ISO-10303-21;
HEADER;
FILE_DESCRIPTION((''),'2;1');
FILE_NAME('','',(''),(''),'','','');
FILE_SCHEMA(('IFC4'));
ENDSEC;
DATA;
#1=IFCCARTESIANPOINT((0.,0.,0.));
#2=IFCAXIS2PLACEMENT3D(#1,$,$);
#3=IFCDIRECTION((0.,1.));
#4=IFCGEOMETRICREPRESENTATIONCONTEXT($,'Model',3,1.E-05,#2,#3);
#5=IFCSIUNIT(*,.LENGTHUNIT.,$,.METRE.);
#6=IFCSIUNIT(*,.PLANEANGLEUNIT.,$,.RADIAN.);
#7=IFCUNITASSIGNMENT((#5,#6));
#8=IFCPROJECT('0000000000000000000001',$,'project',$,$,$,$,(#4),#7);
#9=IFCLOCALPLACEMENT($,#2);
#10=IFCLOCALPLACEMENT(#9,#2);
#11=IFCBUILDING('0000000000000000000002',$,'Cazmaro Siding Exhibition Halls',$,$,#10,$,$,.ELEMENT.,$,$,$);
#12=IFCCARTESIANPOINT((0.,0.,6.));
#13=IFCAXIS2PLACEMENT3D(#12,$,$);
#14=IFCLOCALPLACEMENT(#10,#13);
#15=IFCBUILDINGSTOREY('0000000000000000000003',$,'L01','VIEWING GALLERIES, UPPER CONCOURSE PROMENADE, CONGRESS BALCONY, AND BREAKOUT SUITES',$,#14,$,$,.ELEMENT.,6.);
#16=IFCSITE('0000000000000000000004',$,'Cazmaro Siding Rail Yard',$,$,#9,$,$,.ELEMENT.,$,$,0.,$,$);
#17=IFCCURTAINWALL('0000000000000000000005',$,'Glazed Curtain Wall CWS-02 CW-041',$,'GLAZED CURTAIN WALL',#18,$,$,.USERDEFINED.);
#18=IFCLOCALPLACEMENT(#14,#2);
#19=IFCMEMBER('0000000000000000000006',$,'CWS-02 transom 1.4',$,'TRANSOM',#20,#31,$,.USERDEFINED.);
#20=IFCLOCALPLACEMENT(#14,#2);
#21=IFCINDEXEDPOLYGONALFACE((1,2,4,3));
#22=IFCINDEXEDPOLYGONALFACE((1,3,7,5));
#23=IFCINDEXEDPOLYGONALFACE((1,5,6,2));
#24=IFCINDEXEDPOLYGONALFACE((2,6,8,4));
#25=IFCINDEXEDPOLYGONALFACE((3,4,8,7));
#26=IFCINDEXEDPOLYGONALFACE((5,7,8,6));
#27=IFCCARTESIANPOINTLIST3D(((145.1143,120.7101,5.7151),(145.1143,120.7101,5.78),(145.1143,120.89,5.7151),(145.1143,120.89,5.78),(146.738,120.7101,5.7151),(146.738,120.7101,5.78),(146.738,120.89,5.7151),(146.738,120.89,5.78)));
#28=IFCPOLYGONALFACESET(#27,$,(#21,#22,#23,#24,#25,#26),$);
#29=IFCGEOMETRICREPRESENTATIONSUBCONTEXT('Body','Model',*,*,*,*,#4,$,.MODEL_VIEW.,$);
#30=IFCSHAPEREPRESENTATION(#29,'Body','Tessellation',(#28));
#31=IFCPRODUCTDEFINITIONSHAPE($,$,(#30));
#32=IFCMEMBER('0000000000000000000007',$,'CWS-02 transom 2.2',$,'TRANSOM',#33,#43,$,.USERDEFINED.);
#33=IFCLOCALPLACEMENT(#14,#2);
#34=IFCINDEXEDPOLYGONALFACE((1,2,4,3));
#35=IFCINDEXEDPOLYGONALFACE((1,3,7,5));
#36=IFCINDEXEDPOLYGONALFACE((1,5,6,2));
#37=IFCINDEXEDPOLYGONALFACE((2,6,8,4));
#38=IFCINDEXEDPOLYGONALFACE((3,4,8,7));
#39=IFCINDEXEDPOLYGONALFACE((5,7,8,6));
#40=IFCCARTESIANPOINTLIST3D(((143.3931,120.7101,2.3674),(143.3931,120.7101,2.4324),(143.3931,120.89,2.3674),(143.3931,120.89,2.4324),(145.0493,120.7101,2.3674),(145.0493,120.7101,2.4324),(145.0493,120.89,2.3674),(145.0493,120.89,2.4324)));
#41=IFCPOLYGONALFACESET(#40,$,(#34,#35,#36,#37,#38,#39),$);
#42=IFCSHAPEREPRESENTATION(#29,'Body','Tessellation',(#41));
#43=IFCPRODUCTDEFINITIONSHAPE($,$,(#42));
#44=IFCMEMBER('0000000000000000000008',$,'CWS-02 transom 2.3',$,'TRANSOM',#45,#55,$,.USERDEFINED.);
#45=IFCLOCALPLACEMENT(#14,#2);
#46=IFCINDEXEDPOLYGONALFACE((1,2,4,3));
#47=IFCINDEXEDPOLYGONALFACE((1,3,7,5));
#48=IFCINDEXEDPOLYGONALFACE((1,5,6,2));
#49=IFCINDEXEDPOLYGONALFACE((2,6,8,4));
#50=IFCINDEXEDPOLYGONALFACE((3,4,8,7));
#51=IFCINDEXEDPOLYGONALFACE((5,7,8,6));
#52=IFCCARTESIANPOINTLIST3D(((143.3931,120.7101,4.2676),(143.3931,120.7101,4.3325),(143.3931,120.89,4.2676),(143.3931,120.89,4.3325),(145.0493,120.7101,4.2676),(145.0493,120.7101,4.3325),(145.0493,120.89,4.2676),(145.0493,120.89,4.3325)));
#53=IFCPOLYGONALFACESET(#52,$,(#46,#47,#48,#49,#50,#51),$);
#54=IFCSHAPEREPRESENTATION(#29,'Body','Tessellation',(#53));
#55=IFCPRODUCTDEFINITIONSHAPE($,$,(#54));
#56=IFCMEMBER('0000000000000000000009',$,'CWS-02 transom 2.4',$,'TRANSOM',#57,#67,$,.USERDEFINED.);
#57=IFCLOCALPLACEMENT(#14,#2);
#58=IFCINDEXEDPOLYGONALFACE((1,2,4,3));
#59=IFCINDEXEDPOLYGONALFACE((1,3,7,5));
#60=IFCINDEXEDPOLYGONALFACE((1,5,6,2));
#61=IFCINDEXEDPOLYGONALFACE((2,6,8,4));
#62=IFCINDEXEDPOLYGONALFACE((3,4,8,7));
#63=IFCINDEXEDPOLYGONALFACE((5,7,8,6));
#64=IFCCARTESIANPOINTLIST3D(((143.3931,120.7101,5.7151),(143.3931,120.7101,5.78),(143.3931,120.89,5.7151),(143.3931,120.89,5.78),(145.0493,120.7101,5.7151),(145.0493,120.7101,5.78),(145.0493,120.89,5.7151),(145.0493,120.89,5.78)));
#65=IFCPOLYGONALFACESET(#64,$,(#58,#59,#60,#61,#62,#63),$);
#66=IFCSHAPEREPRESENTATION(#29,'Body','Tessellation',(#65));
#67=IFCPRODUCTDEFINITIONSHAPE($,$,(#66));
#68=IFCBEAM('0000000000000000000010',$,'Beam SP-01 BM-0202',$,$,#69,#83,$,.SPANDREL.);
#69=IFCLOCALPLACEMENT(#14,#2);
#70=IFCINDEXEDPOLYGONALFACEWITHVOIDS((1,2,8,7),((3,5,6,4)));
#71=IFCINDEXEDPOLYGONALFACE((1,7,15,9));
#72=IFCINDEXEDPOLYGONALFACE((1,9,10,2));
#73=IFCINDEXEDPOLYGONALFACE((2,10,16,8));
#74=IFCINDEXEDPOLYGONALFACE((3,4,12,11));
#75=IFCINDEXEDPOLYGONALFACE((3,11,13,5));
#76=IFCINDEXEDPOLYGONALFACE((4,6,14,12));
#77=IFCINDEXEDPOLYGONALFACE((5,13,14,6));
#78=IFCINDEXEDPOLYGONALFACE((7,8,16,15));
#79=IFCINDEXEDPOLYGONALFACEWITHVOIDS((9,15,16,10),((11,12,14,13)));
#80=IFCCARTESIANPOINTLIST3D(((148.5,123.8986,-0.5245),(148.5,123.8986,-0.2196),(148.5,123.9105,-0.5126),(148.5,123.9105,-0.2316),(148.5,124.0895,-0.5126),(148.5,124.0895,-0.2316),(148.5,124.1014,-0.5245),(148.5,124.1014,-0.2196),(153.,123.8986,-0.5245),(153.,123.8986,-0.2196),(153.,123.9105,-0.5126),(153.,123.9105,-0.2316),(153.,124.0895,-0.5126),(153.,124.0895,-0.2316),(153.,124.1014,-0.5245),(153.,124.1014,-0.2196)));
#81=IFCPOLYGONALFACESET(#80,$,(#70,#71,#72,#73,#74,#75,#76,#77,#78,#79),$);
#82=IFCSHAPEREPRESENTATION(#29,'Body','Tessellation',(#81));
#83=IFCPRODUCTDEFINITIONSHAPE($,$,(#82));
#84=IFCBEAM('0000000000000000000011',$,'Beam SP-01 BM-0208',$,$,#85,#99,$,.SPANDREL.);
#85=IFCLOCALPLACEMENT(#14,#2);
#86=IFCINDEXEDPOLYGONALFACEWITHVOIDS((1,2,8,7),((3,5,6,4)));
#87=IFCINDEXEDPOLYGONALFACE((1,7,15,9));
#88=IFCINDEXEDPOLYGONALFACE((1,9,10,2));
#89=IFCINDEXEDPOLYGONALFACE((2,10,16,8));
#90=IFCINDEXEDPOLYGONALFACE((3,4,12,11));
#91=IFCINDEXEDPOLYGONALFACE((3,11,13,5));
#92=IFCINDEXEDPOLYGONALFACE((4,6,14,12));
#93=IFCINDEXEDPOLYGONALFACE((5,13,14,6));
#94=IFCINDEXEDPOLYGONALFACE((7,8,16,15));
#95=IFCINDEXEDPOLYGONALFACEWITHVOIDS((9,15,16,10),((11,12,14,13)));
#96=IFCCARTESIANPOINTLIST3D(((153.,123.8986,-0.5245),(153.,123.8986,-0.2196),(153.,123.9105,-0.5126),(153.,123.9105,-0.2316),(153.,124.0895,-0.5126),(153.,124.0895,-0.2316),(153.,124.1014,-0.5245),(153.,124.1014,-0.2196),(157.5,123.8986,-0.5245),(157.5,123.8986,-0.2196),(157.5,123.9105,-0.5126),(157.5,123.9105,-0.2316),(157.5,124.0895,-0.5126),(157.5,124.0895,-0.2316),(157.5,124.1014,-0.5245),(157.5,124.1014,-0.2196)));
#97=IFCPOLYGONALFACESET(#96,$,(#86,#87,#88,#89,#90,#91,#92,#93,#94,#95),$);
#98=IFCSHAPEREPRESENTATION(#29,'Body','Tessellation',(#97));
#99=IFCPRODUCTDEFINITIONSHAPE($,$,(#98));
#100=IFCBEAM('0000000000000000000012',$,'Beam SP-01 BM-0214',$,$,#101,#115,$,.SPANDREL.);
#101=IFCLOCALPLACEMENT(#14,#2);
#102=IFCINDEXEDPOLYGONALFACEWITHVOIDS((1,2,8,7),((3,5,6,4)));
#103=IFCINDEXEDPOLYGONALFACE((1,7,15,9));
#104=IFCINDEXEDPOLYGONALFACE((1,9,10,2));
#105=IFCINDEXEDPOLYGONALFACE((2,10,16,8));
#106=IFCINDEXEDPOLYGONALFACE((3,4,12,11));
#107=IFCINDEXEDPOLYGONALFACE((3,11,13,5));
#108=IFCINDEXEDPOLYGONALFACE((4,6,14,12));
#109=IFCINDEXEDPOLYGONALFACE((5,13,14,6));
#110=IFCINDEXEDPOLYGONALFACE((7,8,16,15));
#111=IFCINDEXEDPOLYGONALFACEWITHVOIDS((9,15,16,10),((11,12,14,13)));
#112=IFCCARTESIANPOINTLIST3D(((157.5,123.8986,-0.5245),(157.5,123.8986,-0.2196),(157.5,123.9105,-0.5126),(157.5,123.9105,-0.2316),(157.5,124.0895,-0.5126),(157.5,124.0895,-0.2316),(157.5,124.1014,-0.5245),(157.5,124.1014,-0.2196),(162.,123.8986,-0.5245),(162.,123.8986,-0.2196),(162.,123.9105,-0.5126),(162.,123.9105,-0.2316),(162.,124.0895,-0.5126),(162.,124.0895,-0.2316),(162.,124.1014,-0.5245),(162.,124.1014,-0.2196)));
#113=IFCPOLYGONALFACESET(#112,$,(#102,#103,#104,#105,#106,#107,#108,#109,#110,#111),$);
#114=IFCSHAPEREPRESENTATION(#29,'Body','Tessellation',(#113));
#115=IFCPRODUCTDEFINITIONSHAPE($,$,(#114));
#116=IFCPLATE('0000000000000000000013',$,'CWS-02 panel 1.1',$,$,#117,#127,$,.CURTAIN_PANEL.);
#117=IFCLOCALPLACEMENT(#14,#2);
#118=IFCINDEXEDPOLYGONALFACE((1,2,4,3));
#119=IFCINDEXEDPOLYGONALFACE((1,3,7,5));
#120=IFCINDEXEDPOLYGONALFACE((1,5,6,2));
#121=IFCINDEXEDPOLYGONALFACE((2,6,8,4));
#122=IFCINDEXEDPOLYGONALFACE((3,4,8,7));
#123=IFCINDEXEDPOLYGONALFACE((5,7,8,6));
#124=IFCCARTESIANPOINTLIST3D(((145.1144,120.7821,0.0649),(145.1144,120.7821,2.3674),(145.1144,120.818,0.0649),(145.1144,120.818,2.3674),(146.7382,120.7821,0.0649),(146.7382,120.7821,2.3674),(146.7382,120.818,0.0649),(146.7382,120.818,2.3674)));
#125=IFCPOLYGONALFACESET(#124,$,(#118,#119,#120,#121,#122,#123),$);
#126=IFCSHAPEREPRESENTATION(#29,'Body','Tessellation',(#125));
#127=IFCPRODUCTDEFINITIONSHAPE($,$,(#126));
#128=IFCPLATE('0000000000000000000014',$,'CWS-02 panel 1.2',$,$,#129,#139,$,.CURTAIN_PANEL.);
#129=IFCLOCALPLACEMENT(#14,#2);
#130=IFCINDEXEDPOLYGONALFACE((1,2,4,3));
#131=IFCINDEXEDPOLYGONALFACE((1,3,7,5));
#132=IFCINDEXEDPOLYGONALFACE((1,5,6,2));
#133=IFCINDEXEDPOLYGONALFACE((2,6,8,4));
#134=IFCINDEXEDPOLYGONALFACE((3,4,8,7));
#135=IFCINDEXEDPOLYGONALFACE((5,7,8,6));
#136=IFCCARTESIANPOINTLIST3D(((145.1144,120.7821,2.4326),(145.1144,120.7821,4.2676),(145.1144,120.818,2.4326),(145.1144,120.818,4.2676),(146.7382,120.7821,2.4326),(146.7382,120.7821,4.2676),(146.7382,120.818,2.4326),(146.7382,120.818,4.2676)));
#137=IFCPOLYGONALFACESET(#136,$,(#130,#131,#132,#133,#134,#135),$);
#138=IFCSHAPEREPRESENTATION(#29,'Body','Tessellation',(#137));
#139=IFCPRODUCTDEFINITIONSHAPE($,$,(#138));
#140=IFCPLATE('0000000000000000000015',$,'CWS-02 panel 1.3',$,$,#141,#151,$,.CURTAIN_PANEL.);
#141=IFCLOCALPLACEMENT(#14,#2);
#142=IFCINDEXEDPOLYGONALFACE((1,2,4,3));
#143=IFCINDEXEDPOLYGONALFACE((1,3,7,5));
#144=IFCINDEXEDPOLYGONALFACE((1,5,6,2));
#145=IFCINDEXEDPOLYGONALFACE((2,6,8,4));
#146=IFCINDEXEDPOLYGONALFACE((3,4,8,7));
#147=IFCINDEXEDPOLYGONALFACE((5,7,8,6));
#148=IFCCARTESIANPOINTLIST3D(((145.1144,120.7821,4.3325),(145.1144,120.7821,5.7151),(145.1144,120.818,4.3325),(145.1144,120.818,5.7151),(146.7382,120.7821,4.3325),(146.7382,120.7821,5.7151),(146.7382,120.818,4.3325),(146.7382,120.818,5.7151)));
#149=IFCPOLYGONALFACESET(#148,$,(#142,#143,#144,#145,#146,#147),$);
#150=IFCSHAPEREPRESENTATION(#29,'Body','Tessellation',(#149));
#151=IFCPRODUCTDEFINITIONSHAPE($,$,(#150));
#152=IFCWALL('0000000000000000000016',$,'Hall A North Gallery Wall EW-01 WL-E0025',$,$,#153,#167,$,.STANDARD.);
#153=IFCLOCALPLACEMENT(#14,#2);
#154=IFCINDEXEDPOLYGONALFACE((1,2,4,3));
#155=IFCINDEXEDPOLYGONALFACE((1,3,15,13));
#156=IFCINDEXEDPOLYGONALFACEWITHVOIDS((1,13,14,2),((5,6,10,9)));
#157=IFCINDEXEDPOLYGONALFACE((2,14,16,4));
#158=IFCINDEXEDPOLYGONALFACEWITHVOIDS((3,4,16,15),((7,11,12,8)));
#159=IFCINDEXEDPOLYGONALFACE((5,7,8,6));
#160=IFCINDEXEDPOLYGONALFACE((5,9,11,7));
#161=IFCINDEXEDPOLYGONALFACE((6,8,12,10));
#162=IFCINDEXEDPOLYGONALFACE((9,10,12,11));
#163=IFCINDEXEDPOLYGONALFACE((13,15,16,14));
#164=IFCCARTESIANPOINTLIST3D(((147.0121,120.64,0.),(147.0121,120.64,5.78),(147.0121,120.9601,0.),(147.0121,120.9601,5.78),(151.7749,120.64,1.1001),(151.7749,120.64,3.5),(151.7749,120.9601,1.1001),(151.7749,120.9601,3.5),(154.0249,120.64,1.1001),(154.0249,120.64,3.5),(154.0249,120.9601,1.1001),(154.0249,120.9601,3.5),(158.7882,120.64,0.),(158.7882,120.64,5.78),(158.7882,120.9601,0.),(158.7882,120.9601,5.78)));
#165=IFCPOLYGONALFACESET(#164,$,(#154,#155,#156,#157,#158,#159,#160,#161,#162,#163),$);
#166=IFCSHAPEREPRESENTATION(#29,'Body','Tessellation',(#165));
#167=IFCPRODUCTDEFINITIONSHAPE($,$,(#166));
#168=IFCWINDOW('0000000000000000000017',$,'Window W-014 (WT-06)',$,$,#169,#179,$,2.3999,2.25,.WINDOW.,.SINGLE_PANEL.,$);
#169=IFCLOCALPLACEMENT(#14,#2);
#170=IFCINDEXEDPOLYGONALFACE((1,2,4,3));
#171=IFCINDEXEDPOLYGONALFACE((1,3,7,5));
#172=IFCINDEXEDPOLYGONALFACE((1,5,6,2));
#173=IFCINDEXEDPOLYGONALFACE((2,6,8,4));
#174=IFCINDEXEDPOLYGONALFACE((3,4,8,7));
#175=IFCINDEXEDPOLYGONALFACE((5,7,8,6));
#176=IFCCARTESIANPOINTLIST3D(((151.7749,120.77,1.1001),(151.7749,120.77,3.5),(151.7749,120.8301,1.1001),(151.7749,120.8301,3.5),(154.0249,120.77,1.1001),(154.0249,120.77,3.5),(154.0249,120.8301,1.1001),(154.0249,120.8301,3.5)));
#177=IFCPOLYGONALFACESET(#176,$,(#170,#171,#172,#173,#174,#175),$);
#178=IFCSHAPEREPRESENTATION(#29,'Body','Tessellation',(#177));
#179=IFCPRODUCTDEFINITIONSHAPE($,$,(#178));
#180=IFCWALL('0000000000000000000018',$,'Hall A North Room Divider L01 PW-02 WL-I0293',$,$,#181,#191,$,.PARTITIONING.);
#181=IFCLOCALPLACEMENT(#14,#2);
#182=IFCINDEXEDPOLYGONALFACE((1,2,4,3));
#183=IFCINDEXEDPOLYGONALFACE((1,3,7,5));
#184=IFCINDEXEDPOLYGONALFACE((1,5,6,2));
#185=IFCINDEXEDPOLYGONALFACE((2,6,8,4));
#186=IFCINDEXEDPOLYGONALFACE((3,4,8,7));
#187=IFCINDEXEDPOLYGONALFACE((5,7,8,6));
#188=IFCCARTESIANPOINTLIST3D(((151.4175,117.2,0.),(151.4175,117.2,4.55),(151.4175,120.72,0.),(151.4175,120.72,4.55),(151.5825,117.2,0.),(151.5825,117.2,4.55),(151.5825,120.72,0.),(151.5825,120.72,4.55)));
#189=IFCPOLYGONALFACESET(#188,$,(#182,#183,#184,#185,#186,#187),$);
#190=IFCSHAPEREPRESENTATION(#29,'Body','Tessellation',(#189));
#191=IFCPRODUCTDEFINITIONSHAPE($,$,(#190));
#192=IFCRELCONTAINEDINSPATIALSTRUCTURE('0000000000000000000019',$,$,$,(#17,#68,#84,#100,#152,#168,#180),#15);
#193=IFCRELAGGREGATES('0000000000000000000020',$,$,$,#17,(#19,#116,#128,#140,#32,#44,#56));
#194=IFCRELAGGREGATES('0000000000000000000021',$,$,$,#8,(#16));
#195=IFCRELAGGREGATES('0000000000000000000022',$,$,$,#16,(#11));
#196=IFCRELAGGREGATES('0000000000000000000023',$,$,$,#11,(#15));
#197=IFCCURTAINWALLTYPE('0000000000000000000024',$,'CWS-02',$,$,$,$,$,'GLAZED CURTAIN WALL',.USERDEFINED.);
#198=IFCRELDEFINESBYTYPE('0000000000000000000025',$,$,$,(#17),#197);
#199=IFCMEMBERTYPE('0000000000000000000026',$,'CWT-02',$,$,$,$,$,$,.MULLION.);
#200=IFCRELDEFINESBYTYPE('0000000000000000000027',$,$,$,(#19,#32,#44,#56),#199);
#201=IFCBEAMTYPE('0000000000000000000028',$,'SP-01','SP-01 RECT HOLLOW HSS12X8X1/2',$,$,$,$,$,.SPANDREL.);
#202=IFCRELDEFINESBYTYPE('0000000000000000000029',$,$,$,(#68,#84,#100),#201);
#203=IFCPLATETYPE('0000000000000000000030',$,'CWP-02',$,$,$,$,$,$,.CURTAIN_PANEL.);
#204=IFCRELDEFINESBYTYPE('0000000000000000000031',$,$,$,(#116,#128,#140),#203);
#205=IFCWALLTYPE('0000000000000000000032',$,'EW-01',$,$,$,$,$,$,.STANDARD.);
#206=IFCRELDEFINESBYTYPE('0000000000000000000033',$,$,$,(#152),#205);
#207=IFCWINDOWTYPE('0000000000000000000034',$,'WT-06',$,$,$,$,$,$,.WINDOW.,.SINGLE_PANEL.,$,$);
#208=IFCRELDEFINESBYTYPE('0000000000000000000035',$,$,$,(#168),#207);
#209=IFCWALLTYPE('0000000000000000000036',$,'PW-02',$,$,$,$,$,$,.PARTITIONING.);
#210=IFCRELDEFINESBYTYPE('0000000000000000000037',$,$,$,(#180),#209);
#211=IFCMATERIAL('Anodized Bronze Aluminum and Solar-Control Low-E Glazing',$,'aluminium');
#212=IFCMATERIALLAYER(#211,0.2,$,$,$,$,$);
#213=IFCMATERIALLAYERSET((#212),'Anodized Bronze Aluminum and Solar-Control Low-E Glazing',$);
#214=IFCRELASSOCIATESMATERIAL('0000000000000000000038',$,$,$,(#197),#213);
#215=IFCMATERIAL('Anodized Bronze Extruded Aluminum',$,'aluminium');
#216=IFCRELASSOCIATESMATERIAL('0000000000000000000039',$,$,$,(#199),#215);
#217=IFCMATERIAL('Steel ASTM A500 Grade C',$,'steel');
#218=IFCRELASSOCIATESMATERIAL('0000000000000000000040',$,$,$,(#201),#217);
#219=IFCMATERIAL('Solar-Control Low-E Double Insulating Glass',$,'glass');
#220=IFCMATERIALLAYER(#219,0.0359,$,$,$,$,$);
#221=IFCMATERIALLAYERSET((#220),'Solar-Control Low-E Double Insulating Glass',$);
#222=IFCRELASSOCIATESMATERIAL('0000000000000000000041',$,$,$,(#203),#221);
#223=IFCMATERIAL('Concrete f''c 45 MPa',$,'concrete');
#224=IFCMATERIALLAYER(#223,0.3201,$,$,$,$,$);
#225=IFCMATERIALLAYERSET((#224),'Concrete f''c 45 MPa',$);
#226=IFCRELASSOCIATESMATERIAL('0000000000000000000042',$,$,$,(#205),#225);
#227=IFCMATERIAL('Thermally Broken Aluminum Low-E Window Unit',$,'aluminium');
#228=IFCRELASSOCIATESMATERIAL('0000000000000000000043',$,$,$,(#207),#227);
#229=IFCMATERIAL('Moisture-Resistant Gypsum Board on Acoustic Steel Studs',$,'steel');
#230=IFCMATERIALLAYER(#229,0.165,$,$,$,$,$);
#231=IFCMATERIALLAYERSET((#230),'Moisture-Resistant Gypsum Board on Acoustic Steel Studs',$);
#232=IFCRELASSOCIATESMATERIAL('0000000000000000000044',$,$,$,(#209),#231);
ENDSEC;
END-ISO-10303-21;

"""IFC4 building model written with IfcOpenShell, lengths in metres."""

from ifc_helpers import new_model, si_unit, direction, frame, frame_2d, origin, origin_2d, place, context, subcontext, project, spatial, rectangle, hollow_rectangle, extrude, material, layer, layer_set, material_profile, profile_set, type_object, element, fill, aggregate, save


model = new_model("IFC4")

# Units and contexts
model_context = context("Model", 3, precision=1e-05, world=origin(), true_north=direction((0.0, 1.0)))
body_context = subcontext(model_context, "Body", "Model", "MODEL_VIEW")
ifc_project = project(units=[si_unit("LENGTHUNIT", "METRE"), si_unit("PLANEANGLEUNIT", "RADIAN")], contexts=[model_context])

# Site, building, storey
site_placement = place(None, origin())
site = spatial("IfcSite", under=ifc_project, at=site_placement, Name="Cazmaro Siding Rail Yard", CompositionType="ELEMENT", RefElevation=0.0)
building_placement = place(site_placement, origin())
building = spatial("IfcBuilding", under=site, at=building_placement, Name="Cazmaro Siding Exhibition Halls", CompositionType="ELEMENT")
storey_placement = place(building_placement, frame((0.0, 0.0, 6.0)))
storey = spatial("IfcBuildingStorey", under=building, at=storey_placement, Name="L01", Description="VIEWING GALLERIES, UPPER CONCOURSE PROMENADE, CONGRESS BALCONY, AND BREAKOUT SUITES", CompositionType="ELEMENT", Elevation=6.0)

# Curtain wall, members
ifc_material_1 = material(Name="Anodized Bronze Aluminum and Solar-Control Low-E Glazing", Category="aluminium")
ifc_layer_1 = layer(ifc_material_1, 0.2)
ifc_layer_set_1 = layer_set([ifc_layer_1], Name="Anodized Bronze Aluminum and Solar-Control Low-E Glazing")
curtain_wall_type = type_object("IfcCurtainWallType", Name="CWS-02", ElementType="GLAZED CURTAIN WALL", PredefinedType="USERDEFINED", material=ifc_layer_set_1)
curtain_wall_placement = place(storey_placement, origin())
curtain_wall = element("IfcCurtainWall", 1, at=curtain_wall_placement, inside=storey, type_object=curtain_wall_type, Name="Glazed Curtain Wall CWS-02 CW-041", ObjectType="GLAZED CURTAIN WALL", PredefinedType="USERDEFINED")
ifc_material_2 = material(Name="Anodized Bronze Extruded Aluminum", Category="aluminium")
ifc_material_profile_1 = material_profile(ifc_material_2, rectangle(XDim=0.1799, YDim=0.0649, at=origin_2d()), Name="CWT-02")
ifc_profile_set_1 = profile_set([ifc_material_profile_1], Name="Anodized Bronze Extruded Aluminum")
member_type_1 = type_object("IfcMemberType", Name="CWT-02", PredefinedType="MULLION", material=ifc_profile_set_1)
member_1_placement = place(storey_placement, frame((146.738, 120.8, 5.7476), z_axis=(-1.0, 0.0, 0.0), x_axis=(0.0, -1.0, 0.0)))
member_1 = element("IfcMember", 2, at=member_1_placement, type_object=member_type_1, Name="CWS-02 transom 1.4", ObjectType="TRANSOM", PredefinedType="USERDEFINED", context=body_context, shape_type="SweptSolid", body=[
    extrude(rectangle(XDim=0.1799, YDim=0.0649, at=origin_2d()), origin(), (0.0, 0.0, 1.0), 1.6238),
])
member_2_placement = place(storey_placement, frame((145.0493, 120.8, 2.3999), z_axis=(-1.0, 0.0, 0.0), x_axis=(0.0, -1.0, 0.0)))
member_2 = element("IfcMember", 3, at=member_2_placement, type_object=member_type_1, Name="CWS-02 transom 2.2", ObjectType="TRANSOM", PredefinedType="USERDEFINED", context=body_context, shape_type="SweptSolid", body=[
    extrude(rectangle(XDim=0.1799, YDim=0.0649, at=origin_2d()), origin(), (0.0, 0.0, 1.0), 1.6562),
])
member_3_placement = place(storey_placement, frame((145.0493, 120.8, 4.3), z_axis=(-1.0, 0.0, 0.0), x_axis=(0.0, -1.0, 0.0)))
member_3 = element("IfcMember", 4, at=member_3_placement, type_object=member_type_1, Name="CWS-02 transom 2.3", ObjectType="TRANSOM", PredefinedType="USERDEFINED", context=body_context, shape_type="SweptSolid", body=[
    extrude(rectangle(XDim=0.1799, YDim=0.0649, at=origin_2d()), origin(), (0.0, 0.0, 1.0), 1.6562),
])
member_4_placement = place(storey_placement, frame((145.0493, 120.8, 5.7476), z_axis=(-1.0, 0.0, 0.0), x_axis=(0.0, -1.0, 0.0)))
member_4 = element("IfcMember", 5, at=member_4_placement, type_object=member_type_1, Name="CWS-02 transom 2.4", ObjectType="TRANSOM", PredefinedType="USERDEFINED", context=body_context, shape_type="SweptSolid", body=[
    extrude(rectangle(XDim=0.1799, YDim=0.0649, at=origin_2d()), origin(), (0.0, 0.0, 1.0), 1.6562),
])

# Beams
ifc_material_3 = material(Name="Steel ASTM A500 Grade C", Category="steel")
ifc_material_profile_2 = material_profile(ifc_material_3, hollow_rectangle(XDim=0.2029, YDim=0.3049, WallThickness=0.012, at=origin_2d()), Name="HSS12X8X1/2")
ifc_profile_set_2 = profile_set([ifc_material_profile_2], Name="Steel ASTM A500 Grade C")
beam_type_1 = type_object("IfcBeamType", Name="SP-01", Description="SP-01 RECT HOLLOW HSS12X8X1/2", PredefinedType="SPANDREL", material=ifc_profile_set_2)
for number, where, z_axis, x_axis, name in (
    (6, (148.5, 124.0, -0.3721), (1.0, 0.0, 0.0), (0.0, 1.0, 0.0), "Beam SP-01 BM-0202"),
    (7, (153.0, 124.0, -0.3721), (1.0, 0.0, 0.0), (0.0, 1.0, 0.0), "Beam SP-01 BM-0208"),
    (8, (157.5, 124.0, -0.3721), (1.0, 0.0, 0.0), (0.0, 1.0, 0.0), "Beam SP-01 BM-0214"),
):
    element("IfcBeam", number, at=place(storey_placement, frame(where, z_axis=z_axis, x_axis=x_axis)), inside=storey, type_object=beam_type_1, Name=name, PredefinedType="SPANDREL", context=body_context, shape_type="SweptSolid", body=[
        extrude(hollow_rectangle(XDim=0.2029, YDim=0.3049, WallThickness=0.012, at=origin_2d()), origin(), (0.0, 0.0, 1.0), 4.5),
    ])

# Plates
ifc_material_4 = material(Name="Solar-Control Low-E Double Insulating Glass", Category="glass")
ifc_layer_2 = layer(ifc_material_4, 0.0359)
ifc_layer_set_2 = layer_set([ifc_layer_2], Name="Solar-Control Low-E Double Insulating Glass")
plate_type = type_object("IfcPlateType", Name="CWP-02", PredefinedType="CURTAIN_PANEL", material=ifc_layer_set_2)
plate_1_placement = place(storey_placement, frame((145.9263, 120.8, 0.0649), z_axis=(0.0, 0.0, 1.0), x_axis=(-1.0, 0.0, 0.0)))
plate_1 = element("IfcPlate", 9, at=plate_1_placement, type_object=plate_type, Name="CWS-02 panel 1.1", PredefinedType="CURTAIN_PANEL", context=body_context, shape_type="SweptSolid", body=[
    extrude(rectangle(XDim=1.6238, YDim=0.0359, at=origin_2d()), origin(), (0.0, 0.0, 1.0), 2.3025),
])
plate_2_placement = place(storey_placement, frame((145.9263, 120.8, 2.4326), z_axis=(0.0, 0.0, 1.0), x_axis=(-1.0, 0.0, 0.0)))
plate_2 = element("IfcPlate", 10, at=plate_2_placement, type_object=plate_type, Name="CWS-02 panel 1.2", PredefinedType="CURTAIN_PANEL", context=body_context, shape_type="SweptSolid", body=[
    extrude(rectangle(XDim=1.6238, YDim=0.0359, at=origin_2d()), origin(), (0.0, 0.0, 1.0), 1.835),
])
plate_3_placement = place(storey_placement, frame((145.9263, 120.8, 4.3325), z_axis=(0.0, 0.0, 1.0), x_axis=(-1.0, 0.0, 0.0)))
plate_3 = element("IfcPlate", 11, at=plate_3_placement, type_object=plate_type, Name="CWS-02 panel 1.3", PredefinedType="CURTAIN_PANEL", context=body_context, shape_type="SweptSolid", body=[
    extrude(rectangle(XDim=1.6238, YDim=0.0359, at=origin_2d()), origin(), (0.0, 0.0, 1.0), 1.3826),
])
aggregate(curtain_wall, [member_1, plate_1, plate_2, plate_3, member_2, member_3, member_4])

# Wall, opening, window
ifc_material_5 = material(Name="Concrete f'c 45 MPa", Category="concrete")
ifc_layer_3 = layer(ifc_material_5, 0.3201)
ifc_layer_set_3 = layer_set([ifc_layer_3], Name="Concrete f'c 45 MPa")
wall_type_1 = type_object("IfcWallType", Name="EW-01", PredefinedType="STANDARD", material=ifc_layer_set_3)
wall_1_placement = place(storey_placement, frame((147.012, 120.8, 0.0), z_axis=(0.0, 0.0, 1.0), x_axis=(1.0, 0.0, 0.0)))
wall_1 = element("IfcWall", 12, at=wall_1_placement, inside=storey, type_object=wall_type_1, Name="Hall A North Gallery Wall EW-01 WL-E0025", PredefinedType="STANDARD", context=body_context, shape_type="SweptSolid", body=[
    extrude(rectangle(XDim=11.7761, YDim=0.3201, at=frame_2d((5.8882, 0.0))), origin(), (0.0, 0.0, 1.0), 5.78),
])
opening_placement = place(wall_1_placement, frame((4.7629, 0.0, 1.1001)))
opening = element("IfcOpeningElement", 13, at=opening_placement, cuts=wall_1, PredefinedType="OPENING", context=body_context, shape_type="SweptSolid", body=[
    extrude(rectangle(XDim=2.25, YDim=2.3999, at=frame_2d((1.125, 1.2))), frame((0.0, 0.1699, 0.0), z_axis=(0.0, -1.0, 0.0), x_axis=(1.0, 0.0, 0.0)), (0.0, 0.0, 1.0), 0.3401),
])
ifc_material_6 = material(Name="Thermally Broken Aluminum Low-E Window Unit", Category="aluminium")
window_type = type_object("IfcWindowType", Name="WT-06", PartitioningType="SINGLE_PANEL", PredefinedType="WINDOW", material=ifc_material_6)
window_placement = place(opening_placement, origin())
window = element("IfcWindow", 14, at=window_placement, inside=storey, type_object=window_type, Name="Window W-014 (WT-06)", OverallHeight=2.3999, OverallWidth=2.25, PartitioningType="SINGLE_PANEL", PredefinedType="WINDOW", context=body_context, shape_type="SweptSolid", body=[
    extrude(rectangle(XDim=2.25, YDim=2.3999, at=frame_2d((1.125, 1.2))), frame((0.0, 0.03, 0.0), z_axis=(0.0, -1.0, 0.0), x_axis=(1.0, 0.0, 0.0)), (0.0, 0.0, 1.0), 0.0601),
])
fill(opening, window)

# Wall
ifc_material_7 = material(Name="Moisture-Resistant Gypsum Board on Acoustic Steel Studs", Category="steel")
ifc_layer_4 = layer(ifc_material_7, 0.165)
ifc_layer_set_4 = layer_set([ifc_layer_4], Name="Moisture-Resistant Gypsum Board on Acoustic Steel Studs")
wall_type_2 = type_object("IfcWallType", Name="PW-02", PredefinedType="PARTITIONING", material=ifc_layer_set_4)
wall_2_placement = place(storey_placement, frame((151.5, 117.2, 0.0), z_axis=(0.0, 0.0, 1.0), x_axis=(0.0, 1.0, 0.0)))
element("IfcWall", 15, at=wall_2_placement, inside=storey, type_object=wall_type_2, Name="Hall A North Room Divider L01 PW-02 WL-I0293", PredefinedType="PARTITIONING", context=body_context, shape_type="SweptSolid", body=[
    extrude(rectangle(XDim=3.52, YDim=0.165, at=frame_2d((1.76, 0.0))), origin(), (0.0, 0.0, 1.0), 4.55),
])

save(model, "model.ifc")
